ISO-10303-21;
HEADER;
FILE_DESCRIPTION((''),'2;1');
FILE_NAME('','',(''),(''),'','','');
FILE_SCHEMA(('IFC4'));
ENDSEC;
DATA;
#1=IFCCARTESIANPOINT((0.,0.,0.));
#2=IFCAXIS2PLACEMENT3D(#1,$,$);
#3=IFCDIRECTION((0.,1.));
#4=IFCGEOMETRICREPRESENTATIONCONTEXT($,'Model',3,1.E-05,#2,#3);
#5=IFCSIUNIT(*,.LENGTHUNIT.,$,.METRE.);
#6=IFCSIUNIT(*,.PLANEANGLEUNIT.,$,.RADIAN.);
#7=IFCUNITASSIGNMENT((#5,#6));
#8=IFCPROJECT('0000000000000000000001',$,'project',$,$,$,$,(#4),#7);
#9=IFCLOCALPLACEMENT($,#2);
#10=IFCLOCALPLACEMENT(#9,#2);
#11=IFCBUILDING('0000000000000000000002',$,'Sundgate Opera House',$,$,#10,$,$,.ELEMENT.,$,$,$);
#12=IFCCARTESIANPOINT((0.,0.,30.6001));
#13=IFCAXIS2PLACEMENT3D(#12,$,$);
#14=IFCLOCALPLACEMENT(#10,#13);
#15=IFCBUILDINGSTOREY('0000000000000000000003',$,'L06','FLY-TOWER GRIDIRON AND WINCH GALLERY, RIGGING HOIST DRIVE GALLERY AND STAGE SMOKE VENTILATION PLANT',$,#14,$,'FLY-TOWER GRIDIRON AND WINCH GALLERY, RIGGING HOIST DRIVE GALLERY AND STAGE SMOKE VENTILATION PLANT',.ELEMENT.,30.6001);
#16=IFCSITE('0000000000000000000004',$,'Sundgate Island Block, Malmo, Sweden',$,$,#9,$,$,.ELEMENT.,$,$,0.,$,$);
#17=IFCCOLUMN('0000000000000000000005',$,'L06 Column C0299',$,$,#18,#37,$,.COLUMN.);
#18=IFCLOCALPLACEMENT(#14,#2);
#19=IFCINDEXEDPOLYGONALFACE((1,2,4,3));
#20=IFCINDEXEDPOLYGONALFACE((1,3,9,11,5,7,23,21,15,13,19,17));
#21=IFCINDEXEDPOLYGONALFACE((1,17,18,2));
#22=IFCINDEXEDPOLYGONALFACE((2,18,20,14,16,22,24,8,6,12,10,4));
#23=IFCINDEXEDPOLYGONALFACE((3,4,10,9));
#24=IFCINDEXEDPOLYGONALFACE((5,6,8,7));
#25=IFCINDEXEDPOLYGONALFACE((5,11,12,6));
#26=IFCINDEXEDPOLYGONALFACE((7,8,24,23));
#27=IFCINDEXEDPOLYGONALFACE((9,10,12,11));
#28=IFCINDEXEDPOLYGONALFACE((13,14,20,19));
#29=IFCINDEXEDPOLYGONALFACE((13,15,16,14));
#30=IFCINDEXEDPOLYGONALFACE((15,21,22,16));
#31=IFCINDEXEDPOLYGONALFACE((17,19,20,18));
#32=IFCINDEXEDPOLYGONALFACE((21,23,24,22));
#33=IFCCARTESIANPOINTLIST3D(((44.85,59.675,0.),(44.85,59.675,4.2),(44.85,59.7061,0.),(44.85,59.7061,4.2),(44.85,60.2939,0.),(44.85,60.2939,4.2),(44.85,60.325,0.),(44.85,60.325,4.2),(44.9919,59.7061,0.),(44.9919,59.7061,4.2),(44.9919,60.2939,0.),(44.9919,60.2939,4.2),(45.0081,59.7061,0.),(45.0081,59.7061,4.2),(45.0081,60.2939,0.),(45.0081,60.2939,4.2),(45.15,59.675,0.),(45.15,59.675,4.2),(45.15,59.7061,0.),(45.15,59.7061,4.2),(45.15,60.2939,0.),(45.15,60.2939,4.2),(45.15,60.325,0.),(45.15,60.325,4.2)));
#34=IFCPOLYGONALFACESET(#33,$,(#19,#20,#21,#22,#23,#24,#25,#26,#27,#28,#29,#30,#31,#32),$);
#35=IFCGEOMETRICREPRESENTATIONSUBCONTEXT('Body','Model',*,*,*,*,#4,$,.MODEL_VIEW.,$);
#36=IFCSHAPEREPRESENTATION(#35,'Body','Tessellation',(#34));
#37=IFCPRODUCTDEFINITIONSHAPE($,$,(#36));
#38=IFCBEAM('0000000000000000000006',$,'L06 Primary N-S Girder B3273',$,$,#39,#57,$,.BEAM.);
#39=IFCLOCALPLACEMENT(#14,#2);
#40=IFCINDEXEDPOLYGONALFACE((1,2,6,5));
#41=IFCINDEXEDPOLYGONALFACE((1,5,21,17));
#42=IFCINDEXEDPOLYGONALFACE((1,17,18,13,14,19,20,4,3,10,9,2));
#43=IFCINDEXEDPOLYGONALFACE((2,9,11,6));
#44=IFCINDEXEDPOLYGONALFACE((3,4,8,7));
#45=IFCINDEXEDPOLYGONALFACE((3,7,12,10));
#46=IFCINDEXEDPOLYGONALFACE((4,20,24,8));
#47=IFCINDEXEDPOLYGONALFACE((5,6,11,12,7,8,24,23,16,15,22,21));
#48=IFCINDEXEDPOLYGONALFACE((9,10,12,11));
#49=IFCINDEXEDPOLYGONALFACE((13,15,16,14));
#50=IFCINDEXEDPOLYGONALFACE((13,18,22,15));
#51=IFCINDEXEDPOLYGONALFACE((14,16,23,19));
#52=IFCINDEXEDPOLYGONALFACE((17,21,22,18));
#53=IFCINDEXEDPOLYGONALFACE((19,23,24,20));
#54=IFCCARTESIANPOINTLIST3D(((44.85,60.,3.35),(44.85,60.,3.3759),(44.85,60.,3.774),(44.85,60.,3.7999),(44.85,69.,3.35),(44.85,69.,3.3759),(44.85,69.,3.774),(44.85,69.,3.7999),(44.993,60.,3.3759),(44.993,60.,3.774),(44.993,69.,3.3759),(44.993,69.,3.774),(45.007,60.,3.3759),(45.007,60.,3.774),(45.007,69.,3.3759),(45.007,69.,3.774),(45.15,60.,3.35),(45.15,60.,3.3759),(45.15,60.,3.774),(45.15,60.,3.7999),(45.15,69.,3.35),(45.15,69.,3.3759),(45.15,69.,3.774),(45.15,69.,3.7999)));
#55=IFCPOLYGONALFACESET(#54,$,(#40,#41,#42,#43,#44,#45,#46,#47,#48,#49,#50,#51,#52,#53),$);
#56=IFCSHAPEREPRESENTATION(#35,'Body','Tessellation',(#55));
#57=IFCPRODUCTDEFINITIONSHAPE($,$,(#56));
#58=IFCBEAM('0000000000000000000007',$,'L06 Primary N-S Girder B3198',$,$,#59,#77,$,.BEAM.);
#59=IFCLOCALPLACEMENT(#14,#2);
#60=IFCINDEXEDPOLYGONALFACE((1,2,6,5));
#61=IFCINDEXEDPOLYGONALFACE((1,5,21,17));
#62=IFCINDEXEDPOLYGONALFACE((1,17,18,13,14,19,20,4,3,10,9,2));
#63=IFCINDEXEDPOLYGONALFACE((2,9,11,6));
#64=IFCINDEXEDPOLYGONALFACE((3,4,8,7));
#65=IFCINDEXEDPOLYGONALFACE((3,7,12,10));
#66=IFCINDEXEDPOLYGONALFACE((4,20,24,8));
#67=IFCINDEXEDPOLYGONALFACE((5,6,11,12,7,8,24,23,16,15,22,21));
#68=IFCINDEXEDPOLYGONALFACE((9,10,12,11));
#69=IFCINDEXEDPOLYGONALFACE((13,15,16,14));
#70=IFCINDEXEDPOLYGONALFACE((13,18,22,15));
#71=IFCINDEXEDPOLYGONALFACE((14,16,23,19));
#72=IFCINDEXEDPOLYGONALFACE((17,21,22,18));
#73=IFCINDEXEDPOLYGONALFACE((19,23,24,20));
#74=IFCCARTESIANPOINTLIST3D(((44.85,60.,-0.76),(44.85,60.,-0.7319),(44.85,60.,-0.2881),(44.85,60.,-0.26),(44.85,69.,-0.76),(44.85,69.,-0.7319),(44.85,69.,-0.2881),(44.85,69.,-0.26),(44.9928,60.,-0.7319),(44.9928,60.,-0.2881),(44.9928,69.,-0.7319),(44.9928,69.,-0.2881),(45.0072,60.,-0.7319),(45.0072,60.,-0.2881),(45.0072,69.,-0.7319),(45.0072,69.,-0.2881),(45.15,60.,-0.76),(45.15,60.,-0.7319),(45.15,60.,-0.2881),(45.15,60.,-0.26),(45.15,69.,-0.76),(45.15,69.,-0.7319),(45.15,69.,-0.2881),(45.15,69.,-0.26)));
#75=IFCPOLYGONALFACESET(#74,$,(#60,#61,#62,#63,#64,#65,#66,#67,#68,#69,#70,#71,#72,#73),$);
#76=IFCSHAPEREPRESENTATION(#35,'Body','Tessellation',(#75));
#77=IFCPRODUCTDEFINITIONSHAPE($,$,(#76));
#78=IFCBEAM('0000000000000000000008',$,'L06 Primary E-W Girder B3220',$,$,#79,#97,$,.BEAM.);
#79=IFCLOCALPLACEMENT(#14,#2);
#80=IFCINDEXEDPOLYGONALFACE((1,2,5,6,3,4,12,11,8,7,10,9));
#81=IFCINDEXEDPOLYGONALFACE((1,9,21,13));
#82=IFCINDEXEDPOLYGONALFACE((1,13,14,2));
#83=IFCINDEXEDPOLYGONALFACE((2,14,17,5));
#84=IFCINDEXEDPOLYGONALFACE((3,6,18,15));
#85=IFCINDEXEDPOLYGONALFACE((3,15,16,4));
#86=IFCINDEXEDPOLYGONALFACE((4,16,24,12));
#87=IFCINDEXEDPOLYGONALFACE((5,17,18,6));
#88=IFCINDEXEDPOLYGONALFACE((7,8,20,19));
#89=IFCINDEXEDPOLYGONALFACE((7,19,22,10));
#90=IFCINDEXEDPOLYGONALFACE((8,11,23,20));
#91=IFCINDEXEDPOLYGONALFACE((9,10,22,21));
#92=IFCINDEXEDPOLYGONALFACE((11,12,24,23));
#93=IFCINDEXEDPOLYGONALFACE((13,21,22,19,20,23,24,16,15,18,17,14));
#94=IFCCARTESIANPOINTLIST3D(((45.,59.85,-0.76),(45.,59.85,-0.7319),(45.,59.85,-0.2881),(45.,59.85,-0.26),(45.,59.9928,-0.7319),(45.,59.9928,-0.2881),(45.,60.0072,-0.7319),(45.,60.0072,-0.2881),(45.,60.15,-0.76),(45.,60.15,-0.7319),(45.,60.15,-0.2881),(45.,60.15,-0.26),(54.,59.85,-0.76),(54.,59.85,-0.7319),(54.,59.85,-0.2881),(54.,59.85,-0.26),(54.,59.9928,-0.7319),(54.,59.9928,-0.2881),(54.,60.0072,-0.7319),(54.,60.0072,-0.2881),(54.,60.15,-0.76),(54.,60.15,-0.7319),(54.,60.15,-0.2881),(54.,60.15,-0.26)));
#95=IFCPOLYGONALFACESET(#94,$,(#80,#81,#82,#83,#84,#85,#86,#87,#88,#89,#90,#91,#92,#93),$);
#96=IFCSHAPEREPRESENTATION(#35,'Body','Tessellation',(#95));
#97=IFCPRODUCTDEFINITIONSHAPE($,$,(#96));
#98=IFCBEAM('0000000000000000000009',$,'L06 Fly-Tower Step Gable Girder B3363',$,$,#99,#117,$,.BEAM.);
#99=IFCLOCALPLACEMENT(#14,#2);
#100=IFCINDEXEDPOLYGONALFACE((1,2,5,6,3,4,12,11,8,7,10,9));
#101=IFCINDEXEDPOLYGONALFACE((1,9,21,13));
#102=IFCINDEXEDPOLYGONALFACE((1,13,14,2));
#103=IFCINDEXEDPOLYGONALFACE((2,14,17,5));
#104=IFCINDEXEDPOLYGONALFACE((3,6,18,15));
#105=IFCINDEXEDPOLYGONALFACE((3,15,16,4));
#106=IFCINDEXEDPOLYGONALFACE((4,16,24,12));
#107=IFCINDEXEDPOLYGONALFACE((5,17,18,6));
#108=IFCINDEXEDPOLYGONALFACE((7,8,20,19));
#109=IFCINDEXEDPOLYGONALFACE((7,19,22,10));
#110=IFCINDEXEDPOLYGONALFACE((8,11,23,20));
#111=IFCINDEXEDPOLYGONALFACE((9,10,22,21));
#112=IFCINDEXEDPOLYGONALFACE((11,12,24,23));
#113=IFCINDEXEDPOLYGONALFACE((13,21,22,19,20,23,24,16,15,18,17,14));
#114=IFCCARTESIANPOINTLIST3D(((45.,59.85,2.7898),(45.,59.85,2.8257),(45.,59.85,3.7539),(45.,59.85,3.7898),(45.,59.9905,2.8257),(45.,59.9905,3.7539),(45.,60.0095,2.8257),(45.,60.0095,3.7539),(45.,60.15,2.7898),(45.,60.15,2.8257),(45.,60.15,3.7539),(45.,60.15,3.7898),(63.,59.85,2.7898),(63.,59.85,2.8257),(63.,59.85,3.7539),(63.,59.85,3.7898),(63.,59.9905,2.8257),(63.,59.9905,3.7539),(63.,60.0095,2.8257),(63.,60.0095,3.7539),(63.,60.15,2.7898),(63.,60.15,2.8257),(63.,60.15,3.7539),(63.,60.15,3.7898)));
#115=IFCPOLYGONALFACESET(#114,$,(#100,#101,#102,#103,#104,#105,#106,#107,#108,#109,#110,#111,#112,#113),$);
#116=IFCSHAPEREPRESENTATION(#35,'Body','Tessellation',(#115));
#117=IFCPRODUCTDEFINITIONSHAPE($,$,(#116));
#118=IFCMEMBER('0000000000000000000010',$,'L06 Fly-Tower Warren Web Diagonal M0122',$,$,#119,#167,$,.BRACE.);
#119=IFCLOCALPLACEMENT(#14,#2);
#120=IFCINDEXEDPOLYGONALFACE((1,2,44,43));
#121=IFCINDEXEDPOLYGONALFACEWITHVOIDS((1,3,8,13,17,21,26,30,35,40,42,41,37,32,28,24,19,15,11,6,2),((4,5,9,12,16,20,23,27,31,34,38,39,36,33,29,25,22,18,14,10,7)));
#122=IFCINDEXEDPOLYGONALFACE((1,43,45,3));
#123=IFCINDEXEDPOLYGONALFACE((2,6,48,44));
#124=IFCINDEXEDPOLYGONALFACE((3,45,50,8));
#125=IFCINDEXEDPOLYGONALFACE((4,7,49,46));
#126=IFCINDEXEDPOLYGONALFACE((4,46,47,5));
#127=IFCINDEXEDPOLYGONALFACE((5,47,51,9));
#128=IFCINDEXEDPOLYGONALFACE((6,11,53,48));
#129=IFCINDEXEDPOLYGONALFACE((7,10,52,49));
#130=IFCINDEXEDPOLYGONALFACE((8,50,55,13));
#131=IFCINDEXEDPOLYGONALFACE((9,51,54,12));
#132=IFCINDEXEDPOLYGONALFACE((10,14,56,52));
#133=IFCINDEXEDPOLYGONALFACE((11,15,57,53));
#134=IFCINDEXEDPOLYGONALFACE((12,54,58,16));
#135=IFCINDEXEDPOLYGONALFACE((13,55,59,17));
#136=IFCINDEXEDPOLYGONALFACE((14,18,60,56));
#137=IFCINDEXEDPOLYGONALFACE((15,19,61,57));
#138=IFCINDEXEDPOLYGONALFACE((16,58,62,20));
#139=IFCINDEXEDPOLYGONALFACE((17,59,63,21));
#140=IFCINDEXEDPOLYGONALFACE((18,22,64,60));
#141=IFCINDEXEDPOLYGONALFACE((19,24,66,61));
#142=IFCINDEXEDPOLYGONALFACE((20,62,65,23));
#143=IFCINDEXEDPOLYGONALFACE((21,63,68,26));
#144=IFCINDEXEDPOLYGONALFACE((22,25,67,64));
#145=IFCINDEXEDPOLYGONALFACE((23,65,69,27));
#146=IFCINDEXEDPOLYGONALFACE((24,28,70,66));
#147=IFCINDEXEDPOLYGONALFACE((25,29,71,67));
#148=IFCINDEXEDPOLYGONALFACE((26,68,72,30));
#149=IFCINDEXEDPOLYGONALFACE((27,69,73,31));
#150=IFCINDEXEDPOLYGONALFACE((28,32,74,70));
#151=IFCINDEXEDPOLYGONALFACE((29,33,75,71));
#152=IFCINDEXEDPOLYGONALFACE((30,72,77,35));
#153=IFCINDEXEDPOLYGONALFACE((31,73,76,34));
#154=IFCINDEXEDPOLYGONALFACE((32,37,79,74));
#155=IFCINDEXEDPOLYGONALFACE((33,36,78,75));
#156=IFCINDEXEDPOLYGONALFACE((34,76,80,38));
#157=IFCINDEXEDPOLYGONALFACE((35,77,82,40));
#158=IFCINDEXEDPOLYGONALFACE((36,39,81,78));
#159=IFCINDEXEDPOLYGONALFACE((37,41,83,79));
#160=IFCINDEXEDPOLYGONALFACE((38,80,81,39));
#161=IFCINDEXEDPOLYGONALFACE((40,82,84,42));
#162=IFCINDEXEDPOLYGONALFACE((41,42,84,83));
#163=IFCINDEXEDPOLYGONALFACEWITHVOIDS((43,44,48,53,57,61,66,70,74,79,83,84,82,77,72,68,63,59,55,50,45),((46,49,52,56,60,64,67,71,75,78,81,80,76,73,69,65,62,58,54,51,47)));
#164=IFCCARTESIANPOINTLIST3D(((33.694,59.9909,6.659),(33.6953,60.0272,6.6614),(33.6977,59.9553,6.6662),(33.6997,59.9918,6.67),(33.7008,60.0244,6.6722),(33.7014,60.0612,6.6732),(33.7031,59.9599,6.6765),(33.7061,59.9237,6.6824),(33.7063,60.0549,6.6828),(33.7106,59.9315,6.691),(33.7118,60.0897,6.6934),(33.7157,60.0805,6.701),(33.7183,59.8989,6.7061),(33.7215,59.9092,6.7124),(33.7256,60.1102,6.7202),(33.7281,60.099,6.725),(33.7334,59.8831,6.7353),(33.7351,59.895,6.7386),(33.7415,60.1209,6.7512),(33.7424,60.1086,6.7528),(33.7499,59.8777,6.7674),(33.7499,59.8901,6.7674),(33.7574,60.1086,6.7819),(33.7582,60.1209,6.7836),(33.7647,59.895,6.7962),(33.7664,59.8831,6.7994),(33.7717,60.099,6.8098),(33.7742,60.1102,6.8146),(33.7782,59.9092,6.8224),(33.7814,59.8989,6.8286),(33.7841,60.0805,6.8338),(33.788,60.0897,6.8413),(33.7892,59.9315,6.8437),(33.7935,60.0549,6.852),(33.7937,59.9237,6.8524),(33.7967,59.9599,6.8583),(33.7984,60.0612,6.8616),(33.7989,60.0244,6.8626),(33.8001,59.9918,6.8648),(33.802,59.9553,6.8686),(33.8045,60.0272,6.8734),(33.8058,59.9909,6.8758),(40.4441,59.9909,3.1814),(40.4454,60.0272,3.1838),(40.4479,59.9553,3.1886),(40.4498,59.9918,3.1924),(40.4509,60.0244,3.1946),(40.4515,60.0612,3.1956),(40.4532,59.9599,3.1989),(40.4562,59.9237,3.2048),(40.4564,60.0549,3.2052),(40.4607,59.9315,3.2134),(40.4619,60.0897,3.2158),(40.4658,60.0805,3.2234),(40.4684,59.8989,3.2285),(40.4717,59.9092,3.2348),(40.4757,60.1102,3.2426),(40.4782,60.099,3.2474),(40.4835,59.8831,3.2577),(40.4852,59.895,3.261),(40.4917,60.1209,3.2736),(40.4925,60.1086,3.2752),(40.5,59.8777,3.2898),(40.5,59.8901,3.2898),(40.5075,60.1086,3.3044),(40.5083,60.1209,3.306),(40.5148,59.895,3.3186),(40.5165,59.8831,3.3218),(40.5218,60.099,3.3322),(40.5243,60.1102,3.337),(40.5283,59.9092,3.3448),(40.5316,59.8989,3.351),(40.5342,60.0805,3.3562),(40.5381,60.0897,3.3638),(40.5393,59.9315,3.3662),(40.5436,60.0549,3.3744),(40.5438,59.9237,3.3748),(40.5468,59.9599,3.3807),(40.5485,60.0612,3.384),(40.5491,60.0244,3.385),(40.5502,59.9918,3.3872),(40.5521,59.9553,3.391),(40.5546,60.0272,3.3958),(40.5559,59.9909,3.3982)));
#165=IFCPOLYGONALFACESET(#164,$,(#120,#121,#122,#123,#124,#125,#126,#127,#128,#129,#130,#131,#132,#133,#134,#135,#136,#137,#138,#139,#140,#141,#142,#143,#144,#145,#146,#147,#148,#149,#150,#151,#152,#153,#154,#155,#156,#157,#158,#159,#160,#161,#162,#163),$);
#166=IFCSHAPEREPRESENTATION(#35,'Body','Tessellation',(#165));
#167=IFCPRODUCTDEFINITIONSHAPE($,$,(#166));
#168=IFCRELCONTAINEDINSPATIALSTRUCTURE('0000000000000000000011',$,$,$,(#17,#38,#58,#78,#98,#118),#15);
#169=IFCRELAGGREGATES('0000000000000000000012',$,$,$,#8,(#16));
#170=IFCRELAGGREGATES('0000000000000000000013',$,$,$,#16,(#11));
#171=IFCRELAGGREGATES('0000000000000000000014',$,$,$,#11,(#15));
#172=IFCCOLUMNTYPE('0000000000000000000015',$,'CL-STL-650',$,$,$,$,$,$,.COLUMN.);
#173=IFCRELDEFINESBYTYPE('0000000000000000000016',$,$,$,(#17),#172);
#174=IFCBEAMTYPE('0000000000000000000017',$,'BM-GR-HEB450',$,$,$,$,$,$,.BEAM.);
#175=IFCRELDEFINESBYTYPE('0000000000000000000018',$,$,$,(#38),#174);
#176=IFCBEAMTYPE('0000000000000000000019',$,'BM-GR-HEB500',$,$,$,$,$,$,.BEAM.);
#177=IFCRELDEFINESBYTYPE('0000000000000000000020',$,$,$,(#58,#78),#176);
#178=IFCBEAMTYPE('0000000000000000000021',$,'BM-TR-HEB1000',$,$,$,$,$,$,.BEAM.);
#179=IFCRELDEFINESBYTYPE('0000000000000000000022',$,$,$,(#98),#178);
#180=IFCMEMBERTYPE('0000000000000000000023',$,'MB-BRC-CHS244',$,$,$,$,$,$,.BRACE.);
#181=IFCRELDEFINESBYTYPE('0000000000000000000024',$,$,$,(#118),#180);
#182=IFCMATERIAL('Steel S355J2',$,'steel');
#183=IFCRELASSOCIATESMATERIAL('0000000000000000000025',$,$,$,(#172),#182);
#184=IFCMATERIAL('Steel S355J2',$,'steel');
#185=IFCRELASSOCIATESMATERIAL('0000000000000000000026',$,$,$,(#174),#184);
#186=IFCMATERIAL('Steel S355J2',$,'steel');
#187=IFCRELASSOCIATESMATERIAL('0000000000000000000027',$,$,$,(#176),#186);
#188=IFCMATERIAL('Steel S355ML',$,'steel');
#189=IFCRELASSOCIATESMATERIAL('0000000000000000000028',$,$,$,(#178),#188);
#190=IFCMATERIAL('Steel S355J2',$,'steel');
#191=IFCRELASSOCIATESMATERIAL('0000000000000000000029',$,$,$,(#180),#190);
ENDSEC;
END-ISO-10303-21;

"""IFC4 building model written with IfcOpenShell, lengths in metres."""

from ifc_helpers import new_model, si_unit, direction, frame, origin, origin_2d, place, context, subcontext, project, spatial, hollow_circle, i_section, extrude, material, material_profile, profile_set, type_object, element, save


model = new_model("IFC4")

# Units and contexts
model_context = context("Model", 3, precision=1e-05, world=origin(), true_north=direction((0.0, 1.0)))
body_context = subcontext(model_context, "Body", "Model", "MODEL_VIEW")
ifc_project = project(units=[si_unit("LENGTHUNIT", "METRE"), si_unit("PLANEANGLEUNIT", "RADIAN")], contexts=[model_context])

# Site, building, storey
site_placement = place(None, origin())
site = spatial("IfcSite", under=ifc_project, at=site_placement, Name="Sundgate Island Block, Malmo, Sweden", CompositionType="ELEMENT", RefElevation=0.0)
building_placement = place(site_placement, origin())
building = spatial("IfcBuilding", under=site, at=building_placement, Name="Sundgate Opera House", CompositionType="ELEMENT")
storey_placement = place(building_placement, frame((0.0, 0.0, 30.6001)))
storey = spatial("IfcBuildingStorey", under=building, at=storey_placement, Name="L06", Description="FLY-TOWER GRIDIRON AND WINCH GALLERY, RIGGING HOIST DRIVE GALLERY AND STAGE SMOKE VENTILATION PLANT", LongName="FLY-TOWER GRIDIRON AND WINCH GALLERY, RIGGING HOIST DRIVE GALLERY AND STAGE SMOKE VENTILATION PLANT", CompositionType="ELEMENT", Elevation=30.6001)

# Column
ifc_material_1 = material(Name="Steel S355J2", Category="steel")
ifc_material_profile_1 = material_profile(ifc_material_1, i_section(OverallWidth=0.3, OverallDepth=0.6499, WebThickness=0.0161, FlangeThickness=0.031, at=origin_2d()), Name="HEB 650")
ifc_profile_set_1 = profile_set([ifc_material_profile_1], Name="Steel S355J2")
column_type = type_object("IfcColumnType", Name="CL-STL-650", PredefinedType="COLUMN", material=ifc_profile_set_1)
column_placement = place(storey_placement, frame((45.0, 60.0, 0.0), z_axis=(0.0, 0.0, 1.0), x_axis=(1.0, 0.0, 0.0)))
element("IfcColumn", 1, at=column_placement, inside=storey, type_object=column_type, Name="L06 Column C0299", PredefinedType="COLUMN", context=body_context, shape_type="SweptSolid", body=[
    extrude(i_section(OverallWidth=0.3, OverallDepth=0.6499, WebThickness=0.0161, FlangeThickness=0.031, at=origin_2d()), origin(), (0.0, 0.0, 1.0), 4.2),
])

# Beams
ifc_material_2 = material(Name="Steel S355J2", Category="steel")
ifc_material_profile_2 = material_profile(ifc_material_2, i_section(OverallWidth=0.3, OverallDepth=0.45, WebThickness=0.0139, FlangeThickness=0.0259, at=origin_2d()), Name="HEB 450")
ifc_profile_set_2 = profile_set([ifc_material_profile_2], Name="Steel S355J2")
beam_type_1 = type_object("IfcBeamType", Name="BM-GR-HEB450", PredefinedType="BEAM", material=ifc_profile_set_2)
beam_1_placement = place(storey_placement, frame((45.0, 60.0, 3.575), z_axis=(0.0, 1.0, 0.0), x_axis=(-1.0, 0.0, 0.0)))
element("IfcBeam", 2, at=beam_1_placement, inside=storey, type_object=beam_type_1, Name="L06 Primary N-S Girder B3273", PredefinedType="BEAM", context=body_context, shape_type="SweptSolid", body=[
    extrude(i_section(OverallWidth=0.3, OverallDepth=0.45, WebThickness=0.0139, FlangeThickness=0.0259, at=origin_2d()), origin(), (0.0, 0.0, 1.0), 9.0),
])
ifc_material_3 = material(Name="Steel S355J2", Category="steel")
ifc_material_profile_3 = material_profile(ifc_material_3, i_section(OverallWidth=0.3, OverallDepth=0.5, WebThickness=0.0144, FlangeThickness=0.0281, at=origin_2d()), Name="HEB 500")
ifc_profile_set_3 = profile_set([ifc_material_profile_3], Name="Steel S355J2")
beam_type_2 = type_object("IfcBeamType", Name="BM-GR-HEB500", PredefinedType="BEAM", material=ifc_profile_set_3)
for number, where, z_axis, x_axis, name in (
    (3, (45.0, 60.0, -0.51), (0.0, 1.0, 0.0), (-1.0, 0.0, 0.0), "L06 Primary N-S Girder B3198"),
    (4, (45.0, 60.0, -0.51), (1.0, 0.0, 0.0), (0.0, 1.0, 0.0), "L06 Primary E-W Girder B3220"),
):
    element("IfcBeam", number, at=place(storey_placement, frame(where, z_axis=z_axis, x_axis=x_axis)), inside=storey, type_object=beam_type_2, Name=name, PredefinedType="BEAM", context=body_context, shape_type="SweptSolid", body=[
        extrude(i_section(OverallWidth=0.3, OverallDepth=0.5, WebThickness=0.0144, FlangeThickness=0.0281, at=origin_2d()), origin(), (0.0, 0.0, 1.0), 9.0),
    ])
ifc_material_4 = material(Name="Steel S355ML", Category="steel")
ifc_material_profile_4 = material_profile(ifc_material_4, i_section(OverallWidth=0.3, OverallDepth=1.0, WebThickness=0.019, FlangeThickness=0.0359, at=origin_2d()), Name="HEB 1000")
ifc_profile_set_4 = profile_set([ifc_material_profile_4], Name="Steel S355ML")
beam_type_3 = type_object("IfcBeamType", Name="BM-TR-HEB1000", PredefinedType="BEAM", material=ifc_profile_set_4)
beam_2_placement = place(storey_placement, frame((45.0, 60.0, 3.2898), z_axis=(1.0, 0.0, 0.0), x_axis=(0.0, 1.0, 0.0)))
element("IfcBeam", 5, at=beam_2_placement, inside=storey, type_object=beam_type_3, Name="L06 Fly-Tower Step Gable Girder B3363", PredefinedType="BEAM", context=body_context, shape_type="SweptSolid", body=[
    extrude(i_section(OverallWidth=0.3, OverallDepth=1.0, WebThickness=0.019, FlangeThickness=0.0359, at=origin_2d()), origin(), (0.0, 0.0, 1.0), 18.0),
])

# Member
ifc_material_5 = material(Name="Steel S355J2", Category="steel")
ifc_material_profile_5 = material_profile(ifc_material_5, hollow_circle(Radius=0.1223, WallThickness=0.0125, at=origin_2d()), Name="CHS 244.5x12.5")
ifc_profile_set_5 = profile_set([ifc_material_profile_5], Name="Steel S355J2")
member_type_1 = type_object("IfcMemberType", Name="MB-BRC-CHS244", PredefinedType="BRACE", material=ifc_profile_set_5)
member_1_placement = place(storey_placement, frame((40.5, 60.0, 3.2898), z_axis=(-0.88896, 0.0, 0.457984), x_axis=(0.0, -1.0, 0.0)))
element("IfcMember", 6, at=member_1_placement, inside=storey, type_object=member_type_1, Name="L06 Fly-Tower Warren Web Diagonal M0122", PredefinedType="BRACE", context=body_context, shape_type="SweptSolid", body=[
    extrude(hollow_circle(Radius=0.1223, WallThickness=0.0125, at=origin_2d()), origin(), (0.0, 0.0, 1.0), 7.5933),
])

save(model, "model.ifc")
